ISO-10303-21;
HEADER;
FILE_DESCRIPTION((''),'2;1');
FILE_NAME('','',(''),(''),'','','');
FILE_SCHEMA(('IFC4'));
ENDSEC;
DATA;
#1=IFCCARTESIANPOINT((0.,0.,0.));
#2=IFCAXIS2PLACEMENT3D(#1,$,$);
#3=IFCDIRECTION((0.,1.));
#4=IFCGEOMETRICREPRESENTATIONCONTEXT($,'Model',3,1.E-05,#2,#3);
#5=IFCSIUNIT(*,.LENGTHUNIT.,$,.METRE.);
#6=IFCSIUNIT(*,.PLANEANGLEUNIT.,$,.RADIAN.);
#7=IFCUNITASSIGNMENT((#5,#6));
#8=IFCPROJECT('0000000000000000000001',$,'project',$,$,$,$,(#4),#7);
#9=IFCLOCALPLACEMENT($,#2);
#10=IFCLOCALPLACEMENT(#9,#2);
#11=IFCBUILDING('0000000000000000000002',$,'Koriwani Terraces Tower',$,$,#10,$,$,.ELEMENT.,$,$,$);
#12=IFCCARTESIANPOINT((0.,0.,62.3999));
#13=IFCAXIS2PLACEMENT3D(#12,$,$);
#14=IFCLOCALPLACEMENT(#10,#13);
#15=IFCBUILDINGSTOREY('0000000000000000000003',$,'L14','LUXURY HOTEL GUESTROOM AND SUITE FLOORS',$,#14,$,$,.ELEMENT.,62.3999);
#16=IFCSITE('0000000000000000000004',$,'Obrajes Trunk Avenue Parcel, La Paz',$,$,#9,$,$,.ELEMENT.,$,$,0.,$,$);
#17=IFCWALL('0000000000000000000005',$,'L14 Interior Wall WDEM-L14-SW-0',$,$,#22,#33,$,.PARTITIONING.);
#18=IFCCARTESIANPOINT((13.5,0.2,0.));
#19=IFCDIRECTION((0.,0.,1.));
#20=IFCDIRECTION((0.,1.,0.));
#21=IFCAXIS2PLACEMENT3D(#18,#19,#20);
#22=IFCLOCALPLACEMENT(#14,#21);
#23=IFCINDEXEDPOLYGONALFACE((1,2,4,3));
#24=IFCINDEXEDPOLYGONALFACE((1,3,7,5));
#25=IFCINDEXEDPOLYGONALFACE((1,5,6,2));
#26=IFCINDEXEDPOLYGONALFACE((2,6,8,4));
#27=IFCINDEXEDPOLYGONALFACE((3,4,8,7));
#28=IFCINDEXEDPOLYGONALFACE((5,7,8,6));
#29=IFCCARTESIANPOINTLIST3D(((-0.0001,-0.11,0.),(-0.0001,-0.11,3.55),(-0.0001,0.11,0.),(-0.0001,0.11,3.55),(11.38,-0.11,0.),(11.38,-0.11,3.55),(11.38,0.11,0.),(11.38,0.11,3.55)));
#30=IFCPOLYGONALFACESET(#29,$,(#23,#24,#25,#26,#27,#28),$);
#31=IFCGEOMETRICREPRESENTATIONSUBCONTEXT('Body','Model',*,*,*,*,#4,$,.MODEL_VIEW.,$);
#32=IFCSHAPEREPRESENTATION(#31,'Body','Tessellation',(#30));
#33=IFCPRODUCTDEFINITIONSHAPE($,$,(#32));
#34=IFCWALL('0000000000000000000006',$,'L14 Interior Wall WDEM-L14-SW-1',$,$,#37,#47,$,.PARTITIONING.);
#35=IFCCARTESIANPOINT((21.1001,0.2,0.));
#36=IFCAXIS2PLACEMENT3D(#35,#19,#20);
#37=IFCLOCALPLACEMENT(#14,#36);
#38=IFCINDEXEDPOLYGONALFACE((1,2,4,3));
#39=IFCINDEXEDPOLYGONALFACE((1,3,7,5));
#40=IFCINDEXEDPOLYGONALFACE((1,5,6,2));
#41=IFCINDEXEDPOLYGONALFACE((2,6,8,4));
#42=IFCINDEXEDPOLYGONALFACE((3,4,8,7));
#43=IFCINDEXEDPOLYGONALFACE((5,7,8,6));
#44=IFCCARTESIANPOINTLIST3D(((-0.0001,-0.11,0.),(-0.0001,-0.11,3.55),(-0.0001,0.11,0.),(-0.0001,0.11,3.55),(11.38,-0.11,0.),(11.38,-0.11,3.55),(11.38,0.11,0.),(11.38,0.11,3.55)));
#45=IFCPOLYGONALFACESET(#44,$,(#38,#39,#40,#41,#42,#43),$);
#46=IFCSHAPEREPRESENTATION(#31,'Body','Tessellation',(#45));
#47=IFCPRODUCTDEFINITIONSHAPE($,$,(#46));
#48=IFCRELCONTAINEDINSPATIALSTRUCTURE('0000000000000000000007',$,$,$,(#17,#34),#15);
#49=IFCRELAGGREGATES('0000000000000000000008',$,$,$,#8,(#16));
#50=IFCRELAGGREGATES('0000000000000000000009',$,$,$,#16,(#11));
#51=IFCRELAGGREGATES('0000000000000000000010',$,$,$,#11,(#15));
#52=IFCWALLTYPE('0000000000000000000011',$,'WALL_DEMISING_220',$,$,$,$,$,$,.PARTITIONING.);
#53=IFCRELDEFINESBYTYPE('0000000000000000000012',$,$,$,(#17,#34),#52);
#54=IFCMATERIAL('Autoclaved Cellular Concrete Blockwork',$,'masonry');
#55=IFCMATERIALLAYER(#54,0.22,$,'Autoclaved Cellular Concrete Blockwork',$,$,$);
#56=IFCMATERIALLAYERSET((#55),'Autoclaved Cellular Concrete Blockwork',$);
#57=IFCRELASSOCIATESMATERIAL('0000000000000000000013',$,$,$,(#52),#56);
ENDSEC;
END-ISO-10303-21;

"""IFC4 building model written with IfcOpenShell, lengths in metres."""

from ifc_helpers import new_model, si_unit, direction, frame, frame_2d, origin, place, context, subcontext, project, spatial, rectangle, extrude, material, layer, layer_set, type_object, element, save


model = new_model("IFC4")

# Units and contexts
model_context = context("Model", 3, precision=1e-05, world=origin(), true_north=direction((0.0, 1.0)))
body_context = subcontext(model_context, "Body", "Model", "MODEL_VIEW")
ifc_project = project(units=[si_unit("LENGTHUNIT", "METRE"), si_unit("PLANEANGLEUNIT", "RADIAN")], contexts=[model_context])

# Site, building, storey
site_placement = place(None, origin())
site = spatial("IfcSite", under=ifc_project, at=site_placement, Name="Obrajes Trunk Avenue Parcel, La Paz", CompositionType="ELEMENT", RefElevation=0.0)
building_placement = place(site_placement, origin())
building = spatial("IfcBuilding", under=site, at=building_placement, Name="Koriwani Terraces Tower", CompositionType="ELEMENT")
storey_placement = place(building_placement, frame((0.0, 0.0, 62.3999)))
storey = spatial("IfcBuildingStorey", under=building, at=storey_placement, Name="L14", Description="LUXURY HOTEL GUESTROOM AND SUITE FLOORS", CompositionType="ELEMENT", Elevation=62.3999)

# Shared definitions
ifc_material_1 = material(Name="Autoclaved Cellular Concrete Blockwork", Category="masonry")

# Walls
ifc_layer_1 = layer(ifc_material_1, 0.22, Name="Autoclaved Cellular Concrete Blockwork")
ifc_layer_set_1 = layer_set([ifc_layer_1], Name="Autoclaved Cellular Concrete Blockwork")
wall_type_1 = type_object("IfcWallType", Name="WALL_DEMISING_220", PredefinedType="PARTITIONING", material=ifc_layer_set_1)
for number, where, z_axis, x_axis, name in (
    (1, (13.5, 0.2, 0.0), (0.0, 0.0, 1.0), (0.0, 1.0, 0.0), "L14 Interior Wall WDEM-L14-SW-0"),
    (2, (21.1001, 0.2, 0.0), (0.0, 0.0, 1.0), (0.0, 1.0, 0.0), "L14 Interior Wall WDEM-L14-SW-1"),
):
    element("IfcWall", number, at=place(storey_placement, frame(where, z_axis=z_axis, x_axis=x_axis)), inside=storey, type_object=wall_type_1, Name=name, PredefinedType="PARTITIONING", context=body_context, shape_type="SweptSolid", body=[
        extrude(rectangle(XDim=11.3801, YDim=0.22, at=frame_2d((5.6899, 0.0))), origin(), (0.0, 0.0, 1.0), 3.55),
    ])

save(model, "model.ifc")
